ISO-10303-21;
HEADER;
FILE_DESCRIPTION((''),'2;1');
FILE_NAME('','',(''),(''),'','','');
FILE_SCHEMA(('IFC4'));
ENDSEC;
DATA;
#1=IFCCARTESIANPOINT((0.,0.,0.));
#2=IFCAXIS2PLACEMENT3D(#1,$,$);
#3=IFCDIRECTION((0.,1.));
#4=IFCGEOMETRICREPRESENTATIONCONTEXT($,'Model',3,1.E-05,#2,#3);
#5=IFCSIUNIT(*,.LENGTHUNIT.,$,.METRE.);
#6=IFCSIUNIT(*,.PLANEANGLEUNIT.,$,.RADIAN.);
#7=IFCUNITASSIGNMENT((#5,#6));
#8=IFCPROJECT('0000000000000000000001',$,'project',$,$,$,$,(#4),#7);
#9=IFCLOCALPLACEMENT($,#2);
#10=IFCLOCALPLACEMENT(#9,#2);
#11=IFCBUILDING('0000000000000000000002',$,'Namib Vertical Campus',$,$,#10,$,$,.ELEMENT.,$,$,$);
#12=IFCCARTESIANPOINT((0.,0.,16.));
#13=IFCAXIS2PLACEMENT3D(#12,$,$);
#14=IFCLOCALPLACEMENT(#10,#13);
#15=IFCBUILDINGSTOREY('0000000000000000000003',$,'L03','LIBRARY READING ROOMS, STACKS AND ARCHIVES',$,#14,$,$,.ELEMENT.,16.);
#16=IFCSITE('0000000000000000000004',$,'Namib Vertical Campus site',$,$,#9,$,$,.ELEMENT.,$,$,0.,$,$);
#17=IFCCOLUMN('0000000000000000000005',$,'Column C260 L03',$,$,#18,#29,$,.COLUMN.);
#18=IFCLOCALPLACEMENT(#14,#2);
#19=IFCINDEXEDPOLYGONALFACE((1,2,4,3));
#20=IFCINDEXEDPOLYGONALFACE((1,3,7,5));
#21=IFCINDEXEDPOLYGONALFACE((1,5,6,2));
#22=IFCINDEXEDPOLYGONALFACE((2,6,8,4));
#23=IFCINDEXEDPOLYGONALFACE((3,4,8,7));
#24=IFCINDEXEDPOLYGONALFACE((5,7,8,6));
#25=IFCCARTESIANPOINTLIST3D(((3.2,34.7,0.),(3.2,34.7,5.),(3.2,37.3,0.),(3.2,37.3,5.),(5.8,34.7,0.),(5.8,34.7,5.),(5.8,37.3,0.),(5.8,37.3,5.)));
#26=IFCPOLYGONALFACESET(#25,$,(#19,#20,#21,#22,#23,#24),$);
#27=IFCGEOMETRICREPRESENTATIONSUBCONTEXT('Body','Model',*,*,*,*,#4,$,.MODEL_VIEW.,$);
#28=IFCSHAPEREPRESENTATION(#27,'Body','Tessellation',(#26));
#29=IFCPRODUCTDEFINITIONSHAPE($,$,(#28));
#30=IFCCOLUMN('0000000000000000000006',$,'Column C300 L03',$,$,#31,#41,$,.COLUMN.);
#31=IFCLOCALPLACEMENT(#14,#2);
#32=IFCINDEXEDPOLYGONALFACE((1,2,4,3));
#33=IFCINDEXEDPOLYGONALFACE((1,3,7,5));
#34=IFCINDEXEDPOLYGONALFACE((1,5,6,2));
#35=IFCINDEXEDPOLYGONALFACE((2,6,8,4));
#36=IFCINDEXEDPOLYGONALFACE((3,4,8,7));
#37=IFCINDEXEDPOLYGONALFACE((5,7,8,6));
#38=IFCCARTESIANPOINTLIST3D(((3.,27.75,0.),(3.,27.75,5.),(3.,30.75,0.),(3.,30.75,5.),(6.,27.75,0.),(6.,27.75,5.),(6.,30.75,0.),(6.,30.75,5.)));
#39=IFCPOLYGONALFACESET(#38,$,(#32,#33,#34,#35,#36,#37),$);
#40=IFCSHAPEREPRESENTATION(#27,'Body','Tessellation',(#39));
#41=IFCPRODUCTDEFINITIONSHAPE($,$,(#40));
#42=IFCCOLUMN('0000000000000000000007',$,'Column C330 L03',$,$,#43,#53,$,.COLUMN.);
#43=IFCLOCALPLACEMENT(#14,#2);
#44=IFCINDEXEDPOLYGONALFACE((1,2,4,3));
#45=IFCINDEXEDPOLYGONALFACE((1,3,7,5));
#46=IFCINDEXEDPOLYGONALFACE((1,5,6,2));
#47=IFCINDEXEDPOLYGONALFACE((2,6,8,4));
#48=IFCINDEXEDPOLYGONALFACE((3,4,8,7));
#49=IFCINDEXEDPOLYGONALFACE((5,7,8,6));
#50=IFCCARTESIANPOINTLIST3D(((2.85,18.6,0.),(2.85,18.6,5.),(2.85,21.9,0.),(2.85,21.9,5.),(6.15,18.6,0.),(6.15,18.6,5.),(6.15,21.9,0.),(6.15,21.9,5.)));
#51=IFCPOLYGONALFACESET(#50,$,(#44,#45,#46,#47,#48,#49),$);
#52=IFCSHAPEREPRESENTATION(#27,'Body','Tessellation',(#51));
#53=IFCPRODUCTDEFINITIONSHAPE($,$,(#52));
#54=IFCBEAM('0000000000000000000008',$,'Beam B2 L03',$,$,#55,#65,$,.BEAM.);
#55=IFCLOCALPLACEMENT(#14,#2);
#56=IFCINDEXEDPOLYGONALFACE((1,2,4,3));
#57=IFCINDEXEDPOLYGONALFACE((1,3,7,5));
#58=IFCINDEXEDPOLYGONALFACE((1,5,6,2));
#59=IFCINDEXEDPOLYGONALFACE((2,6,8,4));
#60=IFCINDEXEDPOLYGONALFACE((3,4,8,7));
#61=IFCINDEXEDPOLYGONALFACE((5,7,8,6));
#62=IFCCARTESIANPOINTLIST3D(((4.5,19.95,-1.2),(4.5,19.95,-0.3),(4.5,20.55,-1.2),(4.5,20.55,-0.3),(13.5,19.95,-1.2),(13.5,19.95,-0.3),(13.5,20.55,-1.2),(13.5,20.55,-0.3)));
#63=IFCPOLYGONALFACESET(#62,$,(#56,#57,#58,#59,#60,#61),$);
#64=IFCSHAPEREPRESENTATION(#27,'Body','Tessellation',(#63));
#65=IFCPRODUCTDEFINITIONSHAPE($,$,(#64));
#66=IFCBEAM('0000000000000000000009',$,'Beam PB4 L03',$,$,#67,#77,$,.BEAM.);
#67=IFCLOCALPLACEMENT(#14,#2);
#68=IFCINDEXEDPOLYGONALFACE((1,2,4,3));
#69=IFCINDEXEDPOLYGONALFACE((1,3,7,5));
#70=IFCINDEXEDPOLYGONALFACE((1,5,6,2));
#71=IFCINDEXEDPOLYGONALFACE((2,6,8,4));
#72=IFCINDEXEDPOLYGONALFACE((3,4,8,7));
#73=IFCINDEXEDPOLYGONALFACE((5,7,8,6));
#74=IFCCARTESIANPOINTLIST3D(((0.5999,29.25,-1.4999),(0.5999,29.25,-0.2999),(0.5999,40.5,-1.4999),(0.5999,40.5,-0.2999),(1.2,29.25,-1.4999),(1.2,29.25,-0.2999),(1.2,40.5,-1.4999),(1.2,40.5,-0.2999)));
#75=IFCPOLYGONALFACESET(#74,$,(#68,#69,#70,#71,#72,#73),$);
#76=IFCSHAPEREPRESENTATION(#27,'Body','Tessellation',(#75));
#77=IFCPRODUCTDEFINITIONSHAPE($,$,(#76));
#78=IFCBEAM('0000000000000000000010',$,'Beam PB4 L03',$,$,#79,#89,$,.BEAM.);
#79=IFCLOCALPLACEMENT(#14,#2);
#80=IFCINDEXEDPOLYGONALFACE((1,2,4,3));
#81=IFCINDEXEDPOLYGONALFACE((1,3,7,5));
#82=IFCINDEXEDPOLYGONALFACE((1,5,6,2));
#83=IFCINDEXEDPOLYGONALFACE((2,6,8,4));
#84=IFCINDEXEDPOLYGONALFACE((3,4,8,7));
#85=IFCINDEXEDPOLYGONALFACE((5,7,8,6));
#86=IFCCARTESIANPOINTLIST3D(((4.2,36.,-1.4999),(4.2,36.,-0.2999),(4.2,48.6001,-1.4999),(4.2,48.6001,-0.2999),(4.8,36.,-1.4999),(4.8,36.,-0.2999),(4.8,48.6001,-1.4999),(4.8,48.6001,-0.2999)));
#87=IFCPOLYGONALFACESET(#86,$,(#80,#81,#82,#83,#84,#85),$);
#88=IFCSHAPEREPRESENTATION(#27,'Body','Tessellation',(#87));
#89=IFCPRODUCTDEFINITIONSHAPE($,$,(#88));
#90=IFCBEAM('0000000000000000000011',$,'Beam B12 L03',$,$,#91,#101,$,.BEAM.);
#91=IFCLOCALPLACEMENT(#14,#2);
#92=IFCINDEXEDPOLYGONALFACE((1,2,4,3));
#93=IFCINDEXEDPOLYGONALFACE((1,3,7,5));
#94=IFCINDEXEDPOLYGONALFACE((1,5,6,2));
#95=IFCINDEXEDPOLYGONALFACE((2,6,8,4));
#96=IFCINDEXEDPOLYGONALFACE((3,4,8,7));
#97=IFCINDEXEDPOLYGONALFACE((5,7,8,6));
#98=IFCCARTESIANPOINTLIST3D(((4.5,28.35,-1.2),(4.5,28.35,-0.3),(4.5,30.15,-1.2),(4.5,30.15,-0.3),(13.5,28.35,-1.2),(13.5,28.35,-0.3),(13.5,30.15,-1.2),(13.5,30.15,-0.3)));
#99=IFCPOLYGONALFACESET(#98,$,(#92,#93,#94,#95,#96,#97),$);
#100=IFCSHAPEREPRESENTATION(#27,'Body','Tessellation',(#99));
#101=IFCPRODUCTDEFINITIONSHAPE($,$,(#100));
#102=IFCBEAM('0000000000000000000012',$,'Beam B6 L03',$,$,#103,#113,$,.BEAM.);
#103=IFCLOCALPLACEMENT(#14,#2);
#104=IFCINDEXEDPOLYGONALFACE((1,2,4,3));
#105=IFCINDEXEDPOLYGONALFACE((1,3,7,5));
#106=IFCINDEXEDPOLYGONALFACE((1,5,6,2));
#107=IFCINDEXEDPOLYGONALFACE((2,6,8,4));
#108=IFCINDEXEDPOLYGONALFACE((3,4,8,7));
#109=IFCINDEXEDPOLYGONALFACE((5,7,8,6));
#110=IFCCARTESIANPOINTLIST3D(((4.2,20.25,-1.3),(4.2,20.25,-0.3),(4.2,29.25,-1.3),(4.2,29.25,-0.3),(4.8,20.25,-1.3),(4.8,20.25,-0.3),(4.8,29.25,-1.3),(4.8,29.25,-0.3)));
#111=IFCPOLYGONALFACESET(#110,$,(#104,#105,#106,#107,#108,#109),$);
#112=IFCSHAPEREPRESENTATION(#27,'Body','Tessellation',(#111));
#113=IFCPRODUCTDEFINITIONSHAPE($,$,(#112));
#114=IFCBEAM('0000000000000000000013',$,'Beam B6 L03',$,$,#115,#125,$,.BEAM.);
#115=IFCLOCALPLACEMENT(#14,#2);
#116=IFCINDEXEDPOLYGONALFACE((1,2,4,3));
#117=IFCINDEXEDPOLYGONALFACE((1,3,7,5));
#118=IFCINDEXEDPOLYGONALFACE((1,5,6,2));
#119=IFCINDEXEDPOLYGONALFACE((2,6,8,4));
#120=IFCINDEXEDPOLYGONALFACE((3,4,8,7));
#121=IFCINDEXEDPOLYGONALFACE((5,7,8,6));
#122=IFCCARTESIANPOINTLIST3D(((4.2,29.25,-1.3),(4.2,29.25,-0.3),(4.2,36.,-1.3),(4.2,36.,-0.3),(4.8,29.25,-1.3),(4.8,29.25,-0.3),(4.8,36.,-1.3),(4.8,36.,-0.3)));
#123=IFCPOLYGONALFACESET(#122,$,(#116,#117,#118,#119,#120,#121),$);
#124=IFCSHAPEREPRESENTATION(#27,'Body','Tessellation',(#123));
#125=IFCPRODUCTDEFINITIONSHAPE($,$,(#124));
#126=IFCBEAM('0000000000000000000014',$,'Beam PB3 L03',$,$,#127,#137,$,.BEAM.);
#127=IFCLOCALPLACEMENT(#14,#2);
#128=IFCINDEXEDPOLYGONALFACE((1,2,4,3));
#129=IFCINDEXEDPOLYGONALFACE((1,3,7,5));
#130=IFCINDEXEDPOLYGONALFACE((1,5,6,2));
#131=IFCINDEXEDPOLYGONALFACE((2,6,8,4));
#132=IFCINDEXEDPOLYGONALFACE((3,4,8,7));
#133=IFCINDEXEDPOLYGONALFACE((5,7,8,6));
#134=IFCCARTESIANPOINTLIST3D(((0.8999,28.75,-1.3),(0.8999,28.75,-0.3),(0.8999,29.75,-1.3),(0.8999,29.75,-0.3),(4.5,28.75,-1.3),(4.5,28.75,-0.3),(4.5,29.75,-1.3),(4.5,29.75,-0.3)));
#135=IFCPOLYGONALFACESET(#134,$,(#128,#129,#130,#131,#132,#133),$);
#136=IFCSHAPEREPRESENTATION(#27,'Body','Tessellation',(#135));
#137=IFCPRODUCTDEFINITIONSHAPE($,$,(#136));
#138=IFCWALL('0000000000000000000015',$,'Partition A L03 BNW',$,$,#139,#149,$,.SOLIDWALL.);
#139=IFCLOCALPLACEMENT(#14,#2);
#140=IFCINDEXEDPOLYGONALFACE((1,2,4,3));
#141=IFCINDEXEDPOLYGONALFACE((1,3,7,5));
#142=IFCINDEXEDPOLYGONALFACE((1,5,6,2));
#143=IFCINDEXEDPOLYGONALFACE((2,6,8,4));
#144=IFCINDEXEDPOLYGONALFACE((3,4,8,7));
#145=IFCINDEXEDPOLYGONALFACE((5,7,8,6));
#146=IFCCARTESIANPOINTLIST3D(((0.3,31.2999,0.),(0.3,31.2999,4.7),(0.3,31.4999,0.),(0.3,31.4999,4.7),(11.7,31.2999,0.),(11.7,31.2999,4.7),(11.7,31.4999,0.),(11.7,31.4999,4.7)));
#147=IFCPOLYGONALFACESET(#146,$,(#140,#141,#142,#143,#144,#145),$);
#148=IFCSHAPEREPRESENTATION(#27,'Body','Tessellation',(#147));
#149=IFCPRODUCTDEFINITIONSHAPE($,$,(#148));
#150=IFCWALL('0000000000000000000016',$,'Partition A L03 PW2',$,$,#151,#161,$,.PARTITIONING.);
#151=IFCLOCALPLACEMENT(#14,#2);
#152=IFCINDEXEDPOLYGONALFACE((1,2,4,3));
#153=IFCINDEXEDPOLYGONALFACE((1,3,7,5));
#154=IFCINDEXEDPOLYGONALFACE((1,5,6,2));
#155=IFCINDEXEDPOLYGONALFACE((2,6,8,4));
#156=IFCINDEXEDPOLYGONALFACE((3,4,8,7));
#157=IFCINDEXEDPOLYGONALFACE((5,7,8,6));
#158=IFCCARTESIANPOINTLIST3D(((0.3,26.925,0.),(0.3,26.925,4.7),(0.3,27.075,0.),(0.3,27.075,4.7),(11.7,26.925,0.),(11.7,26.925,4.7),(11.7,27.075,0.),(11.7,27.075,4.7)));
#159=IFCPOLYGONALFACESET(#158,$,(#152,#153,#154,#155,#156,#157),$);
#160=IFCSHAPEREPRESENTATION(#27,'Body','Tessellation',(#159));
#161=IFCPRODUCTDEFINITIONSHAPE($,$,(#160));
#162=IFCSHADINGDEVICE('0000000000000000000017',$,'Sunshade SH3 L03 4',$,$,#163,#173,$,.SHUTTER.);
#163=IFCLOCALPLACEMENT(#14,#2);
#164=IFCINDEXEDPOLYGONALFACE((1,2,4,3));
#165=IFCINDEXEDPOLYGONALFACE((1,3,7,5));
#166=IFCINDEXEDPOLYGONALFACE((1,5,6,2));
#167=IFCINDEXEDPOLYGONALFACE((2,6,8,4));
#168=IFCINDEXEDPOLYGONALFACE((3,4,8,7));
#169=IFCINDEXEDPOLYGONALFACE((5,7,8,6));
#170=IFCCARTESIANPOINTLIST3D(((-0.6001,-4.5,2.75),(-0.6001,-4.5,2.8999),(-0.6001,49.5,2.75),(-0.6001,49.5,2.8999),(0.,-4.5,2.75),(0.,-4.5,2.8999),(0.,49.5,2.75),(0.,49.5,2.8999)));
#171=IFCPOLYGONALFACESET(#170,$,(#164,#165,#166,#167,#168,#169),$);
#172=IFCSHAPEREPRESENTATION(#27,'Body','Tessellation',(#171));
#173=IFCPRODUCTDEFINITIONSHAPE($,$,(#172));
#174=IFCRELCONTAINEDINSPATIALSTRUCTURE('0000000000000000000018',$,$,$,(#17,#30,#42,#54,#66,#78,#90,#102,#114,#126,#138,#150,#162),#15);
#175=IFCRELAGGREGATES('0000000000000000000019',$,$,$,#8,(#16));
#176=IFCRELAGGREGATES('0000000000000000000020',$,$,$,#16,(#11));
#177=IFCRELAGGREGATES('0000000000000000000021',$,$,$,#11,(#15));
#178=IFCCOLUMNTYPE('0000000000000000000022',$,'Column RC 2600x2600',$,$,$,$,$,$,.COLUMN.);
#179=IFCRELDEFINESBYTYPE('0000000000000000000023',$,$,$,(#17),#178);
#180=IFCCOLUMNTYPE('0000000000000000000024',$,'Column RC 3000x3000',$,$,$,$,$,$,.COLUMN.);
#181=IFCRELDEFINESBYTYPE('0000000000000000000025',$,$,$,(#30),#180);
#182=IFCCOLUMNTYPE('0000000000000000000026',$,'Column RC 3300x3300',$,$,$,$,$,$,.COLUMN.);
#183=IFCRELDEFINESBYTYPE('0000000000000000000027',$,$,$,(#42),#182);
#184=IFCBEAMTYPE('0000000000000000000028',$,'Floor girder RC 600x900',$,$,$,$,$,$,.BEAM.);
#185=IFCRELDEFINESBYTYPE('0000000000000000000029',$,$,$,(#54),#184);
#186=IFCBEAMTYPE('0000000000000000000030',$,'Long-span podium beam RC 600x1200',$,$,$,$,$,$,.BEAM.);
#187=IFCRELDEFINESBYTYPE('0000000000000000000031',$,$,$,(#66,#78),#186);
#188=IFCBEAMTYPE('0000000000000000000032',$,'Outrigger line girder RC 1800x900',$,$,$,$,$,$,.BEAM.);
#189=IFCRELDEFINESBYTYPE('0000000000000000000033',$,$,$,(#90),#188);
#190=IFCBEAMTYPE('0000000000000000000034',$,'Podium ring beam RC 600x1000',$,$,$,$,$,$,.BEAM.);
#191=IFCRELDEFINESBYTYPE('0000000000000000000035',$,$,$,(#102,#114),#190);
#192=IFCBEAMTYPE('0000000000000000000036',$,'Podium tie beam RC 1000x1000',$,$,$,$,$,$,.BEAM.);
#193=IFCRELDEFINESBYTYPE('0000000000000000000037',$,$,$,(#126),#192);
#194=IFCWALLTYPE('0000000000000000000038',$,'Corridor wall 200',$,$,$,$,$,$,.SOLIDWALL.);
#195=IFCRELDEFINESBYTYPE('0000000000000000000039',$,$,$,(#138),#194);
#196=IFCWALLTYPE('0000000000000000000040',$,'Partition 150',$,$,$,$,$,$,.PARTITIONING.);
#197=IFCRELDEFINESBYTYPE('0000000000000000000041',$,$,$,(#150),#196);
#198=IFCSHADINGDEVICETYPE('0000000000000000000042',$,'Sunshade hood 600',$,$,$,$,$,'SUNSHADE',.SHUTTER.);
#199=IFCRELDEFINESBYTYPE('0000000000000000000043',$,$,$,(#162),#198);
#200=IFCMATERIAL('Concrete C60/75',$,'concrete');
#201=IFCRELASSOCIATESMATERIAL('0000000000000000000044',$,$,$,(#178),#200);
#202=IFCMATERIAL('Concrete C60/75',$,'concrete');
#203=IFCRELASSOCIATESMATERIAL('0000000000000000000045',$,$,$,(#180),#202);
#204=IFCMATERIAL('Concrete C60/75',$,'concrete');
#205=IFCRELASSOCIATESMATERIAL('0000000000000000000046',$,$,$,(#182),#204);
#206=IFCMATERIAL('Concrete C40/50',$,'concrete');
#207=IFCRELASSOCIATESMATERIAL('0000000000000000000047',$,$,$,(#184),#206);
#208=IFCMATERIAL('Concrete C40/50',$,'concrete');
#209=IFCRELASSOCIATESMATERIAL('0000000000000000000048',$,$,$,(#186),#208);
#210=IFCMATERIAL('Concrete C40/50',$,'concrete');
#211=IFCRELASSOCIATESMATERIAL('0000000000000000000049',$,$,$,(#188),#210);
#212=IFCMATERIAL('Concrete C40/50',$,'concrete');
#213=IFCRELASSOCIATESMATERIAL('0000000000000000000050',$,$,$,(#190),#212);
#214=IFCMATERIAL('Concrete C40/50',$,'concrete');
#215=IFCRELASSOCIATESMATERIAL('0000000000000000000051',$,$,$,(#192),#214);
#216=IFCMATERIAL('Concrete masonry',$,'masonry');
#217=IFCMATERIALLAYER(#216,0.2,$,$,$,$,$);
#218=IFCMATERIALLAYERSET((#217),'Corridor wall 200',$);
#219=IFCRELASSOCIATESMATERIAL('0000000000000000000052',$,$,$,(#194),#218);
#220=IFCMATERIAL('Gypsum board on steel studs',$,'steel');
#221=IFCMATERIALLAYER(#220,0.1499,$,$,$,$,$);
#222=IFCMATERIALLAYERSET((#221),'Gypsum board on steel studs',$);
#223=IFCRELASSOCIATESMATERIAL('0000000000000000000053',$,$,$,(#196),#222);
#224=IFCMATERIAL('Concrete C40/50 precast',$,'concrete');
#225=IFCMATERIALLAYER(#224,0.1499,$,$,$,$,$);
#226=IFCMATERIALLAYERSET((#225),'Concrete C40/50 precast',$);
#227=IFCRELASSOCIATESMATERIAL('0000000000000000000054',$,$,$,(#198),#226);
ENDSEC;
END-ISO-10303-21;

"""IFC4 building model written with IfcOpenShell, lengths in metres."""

from ifc_helpers import new_model, si_unit, direction, frame, frame_2d, origin, origin_2d, place, context, subcontext, project, spatial, rectangle, extrude, material, layer, layer_set, material_profile, profile_set, type_object, element, save


model = new_model("IFC4")

# Units and contexts
model_context = context("Model", 3, precision=1e-05, world=origin(), true_north=direction((0.0, 1.0)))
body_context = subcontext(model_context, "Body", "Model", "MODEL_VIEW")
ifc_project = project(units=[si_unit("LENGTHUNIT", "METRE"), si_unit("PLANEANGLEUNIT", "RADIAN")], contexts=[model_context])

# Site, building, storey
site_placement = place(None, origin())
site = spatial("IfcSite", under=ifc_project, at=site_placement, Name="Namib Vertical Campus site", CompositionType="ELEMENT", RefElevation=0.0)
building_placement = place(site_placement, origin())
building = spatial("IfcBuilding", under=site, at=building_placement, Name="Namib Vertical Campus", CompositionType="ELEMENT")
storey_placement = place(building_placement, frame((0.0, 0.0, 16.0)))
storey = spatial("IfcBuildingStorey", under=building, at=storey_placement, Name="L03", Description="LIBRARY READING ROOMS, STACKS AND ARCHIVES", CompositionType="ELEMENT", Elevation=16.0)

# Columns
ifc_material_1 = material(Name="Concrete C60/75", Category="concrete")
ifc_material_profile_1 = material_profile(ifc_material_1, rectangle(XDim=2.6001, YDim=2.6001, at=origin_2d()))
ifc_profile_set_1 = profile_set([ifc_material_profile_1], Name="Concrete C60/75")
column_type_1 = type_object("IfcColumnType", Name="Column RC 2600x2600", PredefinedType="COLUMN", material=ifc_profile_set_1)
column_1_placement = place(storey_placement, frame((4.5, 36.0, 0.0), z_axis=(0.0, 0.0, 1.0), x_axis=(1.0, 0.0, 0.0)))
element("IfcColumn", 1, at=column_1_placement, inside=storey, type_object=column_type_1, Name="Column C260 L03", PredefinedType="COLUMN", context=body_context, shape_type="SweptSolid", body=[
    extrude(rectangle(XDim=2.6001, YDim=2.6001, at=origin_2d()), origin(), (0.0, 0.0, 1.0), 5.0),
])
ifc_material_2 = material(Name="Concrete C60/75", Category="concrete")
ifc_material_profile_2 = material_profile(ifc_material_2, rectangle(XDim=3.0, YDim=3.0, at=origin_2d()))
ifc_profile_set_2 = profile_set([ifc_material_profile_2], Name="Concrete C60/75")
column_type_2 = type_object("IfcColumnType", Name="Column RC 3000x3000", PredefinedType="COLUMN", material=ifc_profile_set_2)
column_2_placement = place(storey_placement, frame((4.5, 29.25, 0.0), z_axis=(0.0, 0.0, 1.0), x_axis=(1.0, 0.0, 0.0)))
element("IfcColumn", 2, at=column_2_placement, inside=storey, type_object=column_type_2, Name="Column C300 L03", PredefinedType="COLUMN", context=body_context, shape_type="SweptSolid", body=[
    extrude(rectangle(XDim=3.0, YDim=3.0, at=origin_2d()), origin(), (0.0, 0.0, 1.0), 5.0),
])
ifc_material_3 = material(Name="Concrete C60/75", Category="concrete")
ifc_material_profile_3 = material_profile(ifc_material_3, rectangle(XDim=3.3, YDim=3.3, at=origin_2d()))
ifc_profile_set_3 = profile_set([ifc_material_profile_3], Name="Concrete C60/75")
column_type_3 = type_object("IfcColumnType", Name="Column RC 3300x3300", PredefinedType="COLUMN", material=ifc_profile_set_3)
column_3_placement = place(storey_placement, frame((4.5, 20.25, 0.0), z_axis=(0.0, 0.0, 1.0), x_axis=(1.0, 0.0, 0.0)))
element("IfcColumn", 3, at=column_3_placement, inside=storey, type_object=column_type_3, Name="Column C330 L03", PredefinedType="COLUMN", context=body_context, shape_type="SweptSolid", body=[
    extrude(rectangle(XDim=3.3, YDim=3.3, at=origin_2d()), origin(), (0.0, 0.0, 1.0), 5.0),
])

# Beams
ifc_material_4 = material(Name="Concrete C40/50", Category="concrete")
ifc_material_profile_4 = material_profile(ifc_material_4, rectangle(XDim=0.6001, YDim=0.8999, at=origin_2d()))
ifc_profile_set_4 = profile_set([ifc_material_profile_4], Name="Concrete C40/50")
beam_type_1 = type_object("IfcBeamType", Name="Floor girder RC 600x900", PredefinedType="BEAM", material=ifc_profile_set_4)
beam_1_placement = place(storey_placement, frame((4.5, 20.25, -0.75), z_axis=(1.0, 0.0, 0.0), x_axis=(0.0, 1.0, 0.0)))
element("IfcBeam", 4, at=beam_1_placement, inside=storey, type_object=beam_type_1, Name="Beam B2 L03", PredefinedType="BEAM", context=body_context, shape_type="SweptSolid", body=[
    extrude(rectangle(XDim=0.6001, YDim=0.8999, at=origin_2d()), origin(), (0.0, 0.0, 1.0), 9.0),
])
ifc_material_5 = material(Name="Concrete C40/50", Category="concrete")
ifc_material_profile_5 = material_profile(ifc_material_5, rectangle(XDim=0.6001, YDim=1.2, at=origin_2d()))
ifc_profile_set_5 = profile_set([ifc_material_profile_5], Name="Concrete C40/50")
beam_type_2 = type_object("IfcBeamType", Name="Long-span podium beam RC 600x1200", PredefinedType="BEAM", material=ifc_profile_set_5)
beam_2_placement = place(storey_placement, frame((0.8999, 29.25, -0.8999), z_axis=(0.0, 1.0, 0.0), x_axis=(-1.0, 0.0, 0.0)))
element("IfcBeam", 5, at=beam_2_placement, inside=storey, type_object=beam_type_2, Name="Beam PB4 L03", PredefinedType="BEAM", context=body_context, shape_type="SweptSolid", body=[
    extrude(rectangle(XDim=0.6001, YDim=1.2, at=origin_2d()), origin(), (0.0, 0.0, 1.0), 11.25),
])
beam_3_placement = place(storey_placement, frame((4.5, 36.0, -0.8999), z_axis=(0.0, 1.0, 0.0), x_axis=(-1.0, 0.0, 0.0)))
element("IfcBeam", 6, at=beam_3_placement, inside=storey, type_object=beam_type_2, Name="Beam PB4 L03", PredefinedType="BEAM", context=body_context, shape_type="SweptSolid", body=[
    extrude(rectangle(XDim=0.6001, YDim=1.2, at=origin_2d()), origin(), (0.0, 0.0, 1.0), 12.6001),
])
ifc_material_6 = material(Name="Concrete C40/50", Category="concrete")
ifc_material_profile_6 = material_profile(ifc_material_6, rectangle(XDim=1.8, YDim=0.8999, at=origin_2d()))
ifc_profile_set_6 = profile_set([ifc_material_profile_6], Name="Concrete C40/50")
beam_type_3 = type_object("IfcBeamType", Name="Outrigger line girder RC 1800x900", PredefinedType="BEAM", material=ifc_profile_set_6)
beam_4_placement = place(storey_placement, frame((4.5, 29.25, -0.75), z_axis=(1.0, 0.0, 0.0), x_axis=(0.0, 1.0, 0.0)))
element("IfcBeam", 7, at=beam_4_placement, inside=storey, type_object=beam_type_3, Name="Beam B12 L03", PredefinedType="BEAM", context=body_context, shape_type="SweptSolid", body=[
    extrude(rectangle(XDim=1.8, YDim=0.8999, at=origin_2d()), origin(), (0.0, 0.0, 1.0), 9.0),
])
ifc_material_7 = material(Name="Concrete C40/50", Category="concrete")
ifc_material_profile_7 = material_profile(ifc_material_7, rectangle(XDim=0.6001, YDim=1.0, at=origin_2d()))
ifc_profile_set_7 = profile_set([ifc_material_profile_7], Name="Concrete C40/50")
beam_type_4 = type_object("IfcBeamType", Name="Podium ring beam RC 600x1000", PredefinedType="BEAM", material=ifc_profile_set_7)
beam_5_placement = place(storey_placement, frame((4.5, 20.25, -0.8), z_axis=(0.0, 1.0, 0.0), x_axis=(-1.0, 0.0, 0.0)))
element("IfcBeam", 8, at=beam_5_placement, inside=storey, type_object=beam_type_4, Name="Beam B6 L03", PredefinedType="BEAM", context=body_context, shape_type="SweptSolid", body=[
    extrude(rectangle(XDim=0.6001, YDim=1.0, at=origin_2d()), origin(), (0.0, 0.0, 1.0), 9.0),
])
beam_6_placement = place(storey_placement, frame((4.5, 29.25, -0.8), z_axis=(0.0, 1.0, 0.0), x_axis=(-1.0, 0.0, 0.0)))
element("IfcBeam", 9, at=beam_6_placement, inside=storey, type_object=beam_type_4, Name="Beam B6 L03", PredefinedType="BEAM", context=body_context, shape_type="SweptSolid", body=[
    extrude(rectangle(XDim=0.6001, YDim=1.0, at=origin_2d()), origin(), (0.0, 0.0, 1.0), 6.75),
])
ifc_material_8 = material(Name="Concrete C40/50", Category="concrete")
ifc_material_profile_8 = material_profile(ifc_material_8, rectangle(XDim=1.0, YDim=1.0, at=origin_2d()))
ifc_profile_set_8 = profile_set([ifc_material_profile_8], Name="Concrete C40/50")
beam_type_5 = type_object("IfcBeamType", Name="Podium tie beam RC 1000x1000", PredefinedType="BEAM", material=ifc_profile_set_8)
beam_7_placement = place(storey_placement, frame((0.8999, 29.25, -0.8), z_axis=(1.0, 0.0, 0.0), x_axis=(0.0, 1.0, 0.0)))
element("IfcBeam", 10, at=beam_7_placement, inside=storey, type_object=beam_type_5, Name="Beam PB3 L03", PredefinedType="BEAM", context=body_context, shape_type="SweptSolid", body=[
    extrude(rectangle(XDim=1.0, YDim=1.0, at=origin_2d()), origin(), (0.0, 0.0, 1.0), 3.6001),
])

# Walls
ifc_material_9 = material(Name="Concrete masonry", Category="masonry")
ifc_layer_1 = layer(ifc_material_9, 0.2)
ifc_layer_set_1 = layer_set([ifc_layer_1], Name="Corridor wall 200")
wall_type_1 = type_object("IfcWallType", Name="Corridor wall 200", PredefinedType="SOLIDWALL", material=ifc_layer_set_1)
wall_1_placement = place(storey_placement, frame((0.3, 31.3999, 0.0), z_axis=(0.0, 0.0, 1.0), x_axis=(1.0, 0.0, 0.0)))
element("IfcWall", 11, at=wall_1_placement, inside=storey, type_object=wall_type_1, Name="Partition A L03 BNW", PredefinedType="SOLIDWALL", context=body_context, shape_type="SweptSolid", body=[
    extrude(rectangle(XDim=11.3999, YDim=0.2, at=frame_2d((5.7, 0.0))), origin(), (0.0, 0.0, 1.0), 4.7),
])
ifc_material_10 = material(Name="Gypsum board on steel studs", Category="steel")
ifc_layer_2 = layer(ifc_material_10, 0.1499)
ifc_layer_set_2 = layer_set([ifc_layer_2], Name="Gypsum board on steel studs")
wall_type_2 = type_object("IfcWallType", Name="Partition 150", PredefinedType="PARTITIONING", material=ifc_layer_set_2)
wall_2_placement = place(storey_placement, frame((0.3, 27.0, 0.0), z_axis=(0.0, 0.0, 1.0), x_axis=(1.0, 0.0, 0.0)))
element("IfcWall", 12, at=wall_2_placement, inside=storey, type_object=wall_type_2, Name="Partition A L03 PW2", PredefinedType="PARTITIONING", context=body_context, shape_type="SweptSolid", body=[
    extrude(rectangle(XDim=11.3999, YDim=0.1499, at=frame_2d((5.7, 0.0))), origin(), (0.0, 0.0, 1.0), 4.7),
])

# Shading device
ifc_material_11 = material(Name="Concrete C40/50 precast", Category="concrete")
ifc_layer_3 = layer(ifc_material_11, 0.1499)
ifc_layer_set_3 = layer_set([ifc_layer_3], Name="Concrete C40/50 precast")
shading_device_type = type_object("IfcShadingDeviceType", Name="Sunshade hood 600", ElementType="SUNSHADE", PredefinedType="SHUTTER", material=ifc_layer_set_3)
shading_device_placement = place(storey_placement, frame((-0.3, 22.5, 2.75), z_axis=(0.0, 0.0, 1.0), x_axis=(0.0, -1.0, 0.0)))
element("IfcShadingDevice", 13, at=shading_device_placement, inside=storey, type_object=shading_device_type, Name="Sunshade SH3 L03 4", PredefinedType="SHUTTER", context=body_context, shape_type="SweptSolid", body=[
    extrude(rectangle(XDim=54.0, YDim=0.6001, at=origin_2d()), origin(), (0.0, 0.0, 1.0), 0.1499),
])

save(model, "model.ifc")
